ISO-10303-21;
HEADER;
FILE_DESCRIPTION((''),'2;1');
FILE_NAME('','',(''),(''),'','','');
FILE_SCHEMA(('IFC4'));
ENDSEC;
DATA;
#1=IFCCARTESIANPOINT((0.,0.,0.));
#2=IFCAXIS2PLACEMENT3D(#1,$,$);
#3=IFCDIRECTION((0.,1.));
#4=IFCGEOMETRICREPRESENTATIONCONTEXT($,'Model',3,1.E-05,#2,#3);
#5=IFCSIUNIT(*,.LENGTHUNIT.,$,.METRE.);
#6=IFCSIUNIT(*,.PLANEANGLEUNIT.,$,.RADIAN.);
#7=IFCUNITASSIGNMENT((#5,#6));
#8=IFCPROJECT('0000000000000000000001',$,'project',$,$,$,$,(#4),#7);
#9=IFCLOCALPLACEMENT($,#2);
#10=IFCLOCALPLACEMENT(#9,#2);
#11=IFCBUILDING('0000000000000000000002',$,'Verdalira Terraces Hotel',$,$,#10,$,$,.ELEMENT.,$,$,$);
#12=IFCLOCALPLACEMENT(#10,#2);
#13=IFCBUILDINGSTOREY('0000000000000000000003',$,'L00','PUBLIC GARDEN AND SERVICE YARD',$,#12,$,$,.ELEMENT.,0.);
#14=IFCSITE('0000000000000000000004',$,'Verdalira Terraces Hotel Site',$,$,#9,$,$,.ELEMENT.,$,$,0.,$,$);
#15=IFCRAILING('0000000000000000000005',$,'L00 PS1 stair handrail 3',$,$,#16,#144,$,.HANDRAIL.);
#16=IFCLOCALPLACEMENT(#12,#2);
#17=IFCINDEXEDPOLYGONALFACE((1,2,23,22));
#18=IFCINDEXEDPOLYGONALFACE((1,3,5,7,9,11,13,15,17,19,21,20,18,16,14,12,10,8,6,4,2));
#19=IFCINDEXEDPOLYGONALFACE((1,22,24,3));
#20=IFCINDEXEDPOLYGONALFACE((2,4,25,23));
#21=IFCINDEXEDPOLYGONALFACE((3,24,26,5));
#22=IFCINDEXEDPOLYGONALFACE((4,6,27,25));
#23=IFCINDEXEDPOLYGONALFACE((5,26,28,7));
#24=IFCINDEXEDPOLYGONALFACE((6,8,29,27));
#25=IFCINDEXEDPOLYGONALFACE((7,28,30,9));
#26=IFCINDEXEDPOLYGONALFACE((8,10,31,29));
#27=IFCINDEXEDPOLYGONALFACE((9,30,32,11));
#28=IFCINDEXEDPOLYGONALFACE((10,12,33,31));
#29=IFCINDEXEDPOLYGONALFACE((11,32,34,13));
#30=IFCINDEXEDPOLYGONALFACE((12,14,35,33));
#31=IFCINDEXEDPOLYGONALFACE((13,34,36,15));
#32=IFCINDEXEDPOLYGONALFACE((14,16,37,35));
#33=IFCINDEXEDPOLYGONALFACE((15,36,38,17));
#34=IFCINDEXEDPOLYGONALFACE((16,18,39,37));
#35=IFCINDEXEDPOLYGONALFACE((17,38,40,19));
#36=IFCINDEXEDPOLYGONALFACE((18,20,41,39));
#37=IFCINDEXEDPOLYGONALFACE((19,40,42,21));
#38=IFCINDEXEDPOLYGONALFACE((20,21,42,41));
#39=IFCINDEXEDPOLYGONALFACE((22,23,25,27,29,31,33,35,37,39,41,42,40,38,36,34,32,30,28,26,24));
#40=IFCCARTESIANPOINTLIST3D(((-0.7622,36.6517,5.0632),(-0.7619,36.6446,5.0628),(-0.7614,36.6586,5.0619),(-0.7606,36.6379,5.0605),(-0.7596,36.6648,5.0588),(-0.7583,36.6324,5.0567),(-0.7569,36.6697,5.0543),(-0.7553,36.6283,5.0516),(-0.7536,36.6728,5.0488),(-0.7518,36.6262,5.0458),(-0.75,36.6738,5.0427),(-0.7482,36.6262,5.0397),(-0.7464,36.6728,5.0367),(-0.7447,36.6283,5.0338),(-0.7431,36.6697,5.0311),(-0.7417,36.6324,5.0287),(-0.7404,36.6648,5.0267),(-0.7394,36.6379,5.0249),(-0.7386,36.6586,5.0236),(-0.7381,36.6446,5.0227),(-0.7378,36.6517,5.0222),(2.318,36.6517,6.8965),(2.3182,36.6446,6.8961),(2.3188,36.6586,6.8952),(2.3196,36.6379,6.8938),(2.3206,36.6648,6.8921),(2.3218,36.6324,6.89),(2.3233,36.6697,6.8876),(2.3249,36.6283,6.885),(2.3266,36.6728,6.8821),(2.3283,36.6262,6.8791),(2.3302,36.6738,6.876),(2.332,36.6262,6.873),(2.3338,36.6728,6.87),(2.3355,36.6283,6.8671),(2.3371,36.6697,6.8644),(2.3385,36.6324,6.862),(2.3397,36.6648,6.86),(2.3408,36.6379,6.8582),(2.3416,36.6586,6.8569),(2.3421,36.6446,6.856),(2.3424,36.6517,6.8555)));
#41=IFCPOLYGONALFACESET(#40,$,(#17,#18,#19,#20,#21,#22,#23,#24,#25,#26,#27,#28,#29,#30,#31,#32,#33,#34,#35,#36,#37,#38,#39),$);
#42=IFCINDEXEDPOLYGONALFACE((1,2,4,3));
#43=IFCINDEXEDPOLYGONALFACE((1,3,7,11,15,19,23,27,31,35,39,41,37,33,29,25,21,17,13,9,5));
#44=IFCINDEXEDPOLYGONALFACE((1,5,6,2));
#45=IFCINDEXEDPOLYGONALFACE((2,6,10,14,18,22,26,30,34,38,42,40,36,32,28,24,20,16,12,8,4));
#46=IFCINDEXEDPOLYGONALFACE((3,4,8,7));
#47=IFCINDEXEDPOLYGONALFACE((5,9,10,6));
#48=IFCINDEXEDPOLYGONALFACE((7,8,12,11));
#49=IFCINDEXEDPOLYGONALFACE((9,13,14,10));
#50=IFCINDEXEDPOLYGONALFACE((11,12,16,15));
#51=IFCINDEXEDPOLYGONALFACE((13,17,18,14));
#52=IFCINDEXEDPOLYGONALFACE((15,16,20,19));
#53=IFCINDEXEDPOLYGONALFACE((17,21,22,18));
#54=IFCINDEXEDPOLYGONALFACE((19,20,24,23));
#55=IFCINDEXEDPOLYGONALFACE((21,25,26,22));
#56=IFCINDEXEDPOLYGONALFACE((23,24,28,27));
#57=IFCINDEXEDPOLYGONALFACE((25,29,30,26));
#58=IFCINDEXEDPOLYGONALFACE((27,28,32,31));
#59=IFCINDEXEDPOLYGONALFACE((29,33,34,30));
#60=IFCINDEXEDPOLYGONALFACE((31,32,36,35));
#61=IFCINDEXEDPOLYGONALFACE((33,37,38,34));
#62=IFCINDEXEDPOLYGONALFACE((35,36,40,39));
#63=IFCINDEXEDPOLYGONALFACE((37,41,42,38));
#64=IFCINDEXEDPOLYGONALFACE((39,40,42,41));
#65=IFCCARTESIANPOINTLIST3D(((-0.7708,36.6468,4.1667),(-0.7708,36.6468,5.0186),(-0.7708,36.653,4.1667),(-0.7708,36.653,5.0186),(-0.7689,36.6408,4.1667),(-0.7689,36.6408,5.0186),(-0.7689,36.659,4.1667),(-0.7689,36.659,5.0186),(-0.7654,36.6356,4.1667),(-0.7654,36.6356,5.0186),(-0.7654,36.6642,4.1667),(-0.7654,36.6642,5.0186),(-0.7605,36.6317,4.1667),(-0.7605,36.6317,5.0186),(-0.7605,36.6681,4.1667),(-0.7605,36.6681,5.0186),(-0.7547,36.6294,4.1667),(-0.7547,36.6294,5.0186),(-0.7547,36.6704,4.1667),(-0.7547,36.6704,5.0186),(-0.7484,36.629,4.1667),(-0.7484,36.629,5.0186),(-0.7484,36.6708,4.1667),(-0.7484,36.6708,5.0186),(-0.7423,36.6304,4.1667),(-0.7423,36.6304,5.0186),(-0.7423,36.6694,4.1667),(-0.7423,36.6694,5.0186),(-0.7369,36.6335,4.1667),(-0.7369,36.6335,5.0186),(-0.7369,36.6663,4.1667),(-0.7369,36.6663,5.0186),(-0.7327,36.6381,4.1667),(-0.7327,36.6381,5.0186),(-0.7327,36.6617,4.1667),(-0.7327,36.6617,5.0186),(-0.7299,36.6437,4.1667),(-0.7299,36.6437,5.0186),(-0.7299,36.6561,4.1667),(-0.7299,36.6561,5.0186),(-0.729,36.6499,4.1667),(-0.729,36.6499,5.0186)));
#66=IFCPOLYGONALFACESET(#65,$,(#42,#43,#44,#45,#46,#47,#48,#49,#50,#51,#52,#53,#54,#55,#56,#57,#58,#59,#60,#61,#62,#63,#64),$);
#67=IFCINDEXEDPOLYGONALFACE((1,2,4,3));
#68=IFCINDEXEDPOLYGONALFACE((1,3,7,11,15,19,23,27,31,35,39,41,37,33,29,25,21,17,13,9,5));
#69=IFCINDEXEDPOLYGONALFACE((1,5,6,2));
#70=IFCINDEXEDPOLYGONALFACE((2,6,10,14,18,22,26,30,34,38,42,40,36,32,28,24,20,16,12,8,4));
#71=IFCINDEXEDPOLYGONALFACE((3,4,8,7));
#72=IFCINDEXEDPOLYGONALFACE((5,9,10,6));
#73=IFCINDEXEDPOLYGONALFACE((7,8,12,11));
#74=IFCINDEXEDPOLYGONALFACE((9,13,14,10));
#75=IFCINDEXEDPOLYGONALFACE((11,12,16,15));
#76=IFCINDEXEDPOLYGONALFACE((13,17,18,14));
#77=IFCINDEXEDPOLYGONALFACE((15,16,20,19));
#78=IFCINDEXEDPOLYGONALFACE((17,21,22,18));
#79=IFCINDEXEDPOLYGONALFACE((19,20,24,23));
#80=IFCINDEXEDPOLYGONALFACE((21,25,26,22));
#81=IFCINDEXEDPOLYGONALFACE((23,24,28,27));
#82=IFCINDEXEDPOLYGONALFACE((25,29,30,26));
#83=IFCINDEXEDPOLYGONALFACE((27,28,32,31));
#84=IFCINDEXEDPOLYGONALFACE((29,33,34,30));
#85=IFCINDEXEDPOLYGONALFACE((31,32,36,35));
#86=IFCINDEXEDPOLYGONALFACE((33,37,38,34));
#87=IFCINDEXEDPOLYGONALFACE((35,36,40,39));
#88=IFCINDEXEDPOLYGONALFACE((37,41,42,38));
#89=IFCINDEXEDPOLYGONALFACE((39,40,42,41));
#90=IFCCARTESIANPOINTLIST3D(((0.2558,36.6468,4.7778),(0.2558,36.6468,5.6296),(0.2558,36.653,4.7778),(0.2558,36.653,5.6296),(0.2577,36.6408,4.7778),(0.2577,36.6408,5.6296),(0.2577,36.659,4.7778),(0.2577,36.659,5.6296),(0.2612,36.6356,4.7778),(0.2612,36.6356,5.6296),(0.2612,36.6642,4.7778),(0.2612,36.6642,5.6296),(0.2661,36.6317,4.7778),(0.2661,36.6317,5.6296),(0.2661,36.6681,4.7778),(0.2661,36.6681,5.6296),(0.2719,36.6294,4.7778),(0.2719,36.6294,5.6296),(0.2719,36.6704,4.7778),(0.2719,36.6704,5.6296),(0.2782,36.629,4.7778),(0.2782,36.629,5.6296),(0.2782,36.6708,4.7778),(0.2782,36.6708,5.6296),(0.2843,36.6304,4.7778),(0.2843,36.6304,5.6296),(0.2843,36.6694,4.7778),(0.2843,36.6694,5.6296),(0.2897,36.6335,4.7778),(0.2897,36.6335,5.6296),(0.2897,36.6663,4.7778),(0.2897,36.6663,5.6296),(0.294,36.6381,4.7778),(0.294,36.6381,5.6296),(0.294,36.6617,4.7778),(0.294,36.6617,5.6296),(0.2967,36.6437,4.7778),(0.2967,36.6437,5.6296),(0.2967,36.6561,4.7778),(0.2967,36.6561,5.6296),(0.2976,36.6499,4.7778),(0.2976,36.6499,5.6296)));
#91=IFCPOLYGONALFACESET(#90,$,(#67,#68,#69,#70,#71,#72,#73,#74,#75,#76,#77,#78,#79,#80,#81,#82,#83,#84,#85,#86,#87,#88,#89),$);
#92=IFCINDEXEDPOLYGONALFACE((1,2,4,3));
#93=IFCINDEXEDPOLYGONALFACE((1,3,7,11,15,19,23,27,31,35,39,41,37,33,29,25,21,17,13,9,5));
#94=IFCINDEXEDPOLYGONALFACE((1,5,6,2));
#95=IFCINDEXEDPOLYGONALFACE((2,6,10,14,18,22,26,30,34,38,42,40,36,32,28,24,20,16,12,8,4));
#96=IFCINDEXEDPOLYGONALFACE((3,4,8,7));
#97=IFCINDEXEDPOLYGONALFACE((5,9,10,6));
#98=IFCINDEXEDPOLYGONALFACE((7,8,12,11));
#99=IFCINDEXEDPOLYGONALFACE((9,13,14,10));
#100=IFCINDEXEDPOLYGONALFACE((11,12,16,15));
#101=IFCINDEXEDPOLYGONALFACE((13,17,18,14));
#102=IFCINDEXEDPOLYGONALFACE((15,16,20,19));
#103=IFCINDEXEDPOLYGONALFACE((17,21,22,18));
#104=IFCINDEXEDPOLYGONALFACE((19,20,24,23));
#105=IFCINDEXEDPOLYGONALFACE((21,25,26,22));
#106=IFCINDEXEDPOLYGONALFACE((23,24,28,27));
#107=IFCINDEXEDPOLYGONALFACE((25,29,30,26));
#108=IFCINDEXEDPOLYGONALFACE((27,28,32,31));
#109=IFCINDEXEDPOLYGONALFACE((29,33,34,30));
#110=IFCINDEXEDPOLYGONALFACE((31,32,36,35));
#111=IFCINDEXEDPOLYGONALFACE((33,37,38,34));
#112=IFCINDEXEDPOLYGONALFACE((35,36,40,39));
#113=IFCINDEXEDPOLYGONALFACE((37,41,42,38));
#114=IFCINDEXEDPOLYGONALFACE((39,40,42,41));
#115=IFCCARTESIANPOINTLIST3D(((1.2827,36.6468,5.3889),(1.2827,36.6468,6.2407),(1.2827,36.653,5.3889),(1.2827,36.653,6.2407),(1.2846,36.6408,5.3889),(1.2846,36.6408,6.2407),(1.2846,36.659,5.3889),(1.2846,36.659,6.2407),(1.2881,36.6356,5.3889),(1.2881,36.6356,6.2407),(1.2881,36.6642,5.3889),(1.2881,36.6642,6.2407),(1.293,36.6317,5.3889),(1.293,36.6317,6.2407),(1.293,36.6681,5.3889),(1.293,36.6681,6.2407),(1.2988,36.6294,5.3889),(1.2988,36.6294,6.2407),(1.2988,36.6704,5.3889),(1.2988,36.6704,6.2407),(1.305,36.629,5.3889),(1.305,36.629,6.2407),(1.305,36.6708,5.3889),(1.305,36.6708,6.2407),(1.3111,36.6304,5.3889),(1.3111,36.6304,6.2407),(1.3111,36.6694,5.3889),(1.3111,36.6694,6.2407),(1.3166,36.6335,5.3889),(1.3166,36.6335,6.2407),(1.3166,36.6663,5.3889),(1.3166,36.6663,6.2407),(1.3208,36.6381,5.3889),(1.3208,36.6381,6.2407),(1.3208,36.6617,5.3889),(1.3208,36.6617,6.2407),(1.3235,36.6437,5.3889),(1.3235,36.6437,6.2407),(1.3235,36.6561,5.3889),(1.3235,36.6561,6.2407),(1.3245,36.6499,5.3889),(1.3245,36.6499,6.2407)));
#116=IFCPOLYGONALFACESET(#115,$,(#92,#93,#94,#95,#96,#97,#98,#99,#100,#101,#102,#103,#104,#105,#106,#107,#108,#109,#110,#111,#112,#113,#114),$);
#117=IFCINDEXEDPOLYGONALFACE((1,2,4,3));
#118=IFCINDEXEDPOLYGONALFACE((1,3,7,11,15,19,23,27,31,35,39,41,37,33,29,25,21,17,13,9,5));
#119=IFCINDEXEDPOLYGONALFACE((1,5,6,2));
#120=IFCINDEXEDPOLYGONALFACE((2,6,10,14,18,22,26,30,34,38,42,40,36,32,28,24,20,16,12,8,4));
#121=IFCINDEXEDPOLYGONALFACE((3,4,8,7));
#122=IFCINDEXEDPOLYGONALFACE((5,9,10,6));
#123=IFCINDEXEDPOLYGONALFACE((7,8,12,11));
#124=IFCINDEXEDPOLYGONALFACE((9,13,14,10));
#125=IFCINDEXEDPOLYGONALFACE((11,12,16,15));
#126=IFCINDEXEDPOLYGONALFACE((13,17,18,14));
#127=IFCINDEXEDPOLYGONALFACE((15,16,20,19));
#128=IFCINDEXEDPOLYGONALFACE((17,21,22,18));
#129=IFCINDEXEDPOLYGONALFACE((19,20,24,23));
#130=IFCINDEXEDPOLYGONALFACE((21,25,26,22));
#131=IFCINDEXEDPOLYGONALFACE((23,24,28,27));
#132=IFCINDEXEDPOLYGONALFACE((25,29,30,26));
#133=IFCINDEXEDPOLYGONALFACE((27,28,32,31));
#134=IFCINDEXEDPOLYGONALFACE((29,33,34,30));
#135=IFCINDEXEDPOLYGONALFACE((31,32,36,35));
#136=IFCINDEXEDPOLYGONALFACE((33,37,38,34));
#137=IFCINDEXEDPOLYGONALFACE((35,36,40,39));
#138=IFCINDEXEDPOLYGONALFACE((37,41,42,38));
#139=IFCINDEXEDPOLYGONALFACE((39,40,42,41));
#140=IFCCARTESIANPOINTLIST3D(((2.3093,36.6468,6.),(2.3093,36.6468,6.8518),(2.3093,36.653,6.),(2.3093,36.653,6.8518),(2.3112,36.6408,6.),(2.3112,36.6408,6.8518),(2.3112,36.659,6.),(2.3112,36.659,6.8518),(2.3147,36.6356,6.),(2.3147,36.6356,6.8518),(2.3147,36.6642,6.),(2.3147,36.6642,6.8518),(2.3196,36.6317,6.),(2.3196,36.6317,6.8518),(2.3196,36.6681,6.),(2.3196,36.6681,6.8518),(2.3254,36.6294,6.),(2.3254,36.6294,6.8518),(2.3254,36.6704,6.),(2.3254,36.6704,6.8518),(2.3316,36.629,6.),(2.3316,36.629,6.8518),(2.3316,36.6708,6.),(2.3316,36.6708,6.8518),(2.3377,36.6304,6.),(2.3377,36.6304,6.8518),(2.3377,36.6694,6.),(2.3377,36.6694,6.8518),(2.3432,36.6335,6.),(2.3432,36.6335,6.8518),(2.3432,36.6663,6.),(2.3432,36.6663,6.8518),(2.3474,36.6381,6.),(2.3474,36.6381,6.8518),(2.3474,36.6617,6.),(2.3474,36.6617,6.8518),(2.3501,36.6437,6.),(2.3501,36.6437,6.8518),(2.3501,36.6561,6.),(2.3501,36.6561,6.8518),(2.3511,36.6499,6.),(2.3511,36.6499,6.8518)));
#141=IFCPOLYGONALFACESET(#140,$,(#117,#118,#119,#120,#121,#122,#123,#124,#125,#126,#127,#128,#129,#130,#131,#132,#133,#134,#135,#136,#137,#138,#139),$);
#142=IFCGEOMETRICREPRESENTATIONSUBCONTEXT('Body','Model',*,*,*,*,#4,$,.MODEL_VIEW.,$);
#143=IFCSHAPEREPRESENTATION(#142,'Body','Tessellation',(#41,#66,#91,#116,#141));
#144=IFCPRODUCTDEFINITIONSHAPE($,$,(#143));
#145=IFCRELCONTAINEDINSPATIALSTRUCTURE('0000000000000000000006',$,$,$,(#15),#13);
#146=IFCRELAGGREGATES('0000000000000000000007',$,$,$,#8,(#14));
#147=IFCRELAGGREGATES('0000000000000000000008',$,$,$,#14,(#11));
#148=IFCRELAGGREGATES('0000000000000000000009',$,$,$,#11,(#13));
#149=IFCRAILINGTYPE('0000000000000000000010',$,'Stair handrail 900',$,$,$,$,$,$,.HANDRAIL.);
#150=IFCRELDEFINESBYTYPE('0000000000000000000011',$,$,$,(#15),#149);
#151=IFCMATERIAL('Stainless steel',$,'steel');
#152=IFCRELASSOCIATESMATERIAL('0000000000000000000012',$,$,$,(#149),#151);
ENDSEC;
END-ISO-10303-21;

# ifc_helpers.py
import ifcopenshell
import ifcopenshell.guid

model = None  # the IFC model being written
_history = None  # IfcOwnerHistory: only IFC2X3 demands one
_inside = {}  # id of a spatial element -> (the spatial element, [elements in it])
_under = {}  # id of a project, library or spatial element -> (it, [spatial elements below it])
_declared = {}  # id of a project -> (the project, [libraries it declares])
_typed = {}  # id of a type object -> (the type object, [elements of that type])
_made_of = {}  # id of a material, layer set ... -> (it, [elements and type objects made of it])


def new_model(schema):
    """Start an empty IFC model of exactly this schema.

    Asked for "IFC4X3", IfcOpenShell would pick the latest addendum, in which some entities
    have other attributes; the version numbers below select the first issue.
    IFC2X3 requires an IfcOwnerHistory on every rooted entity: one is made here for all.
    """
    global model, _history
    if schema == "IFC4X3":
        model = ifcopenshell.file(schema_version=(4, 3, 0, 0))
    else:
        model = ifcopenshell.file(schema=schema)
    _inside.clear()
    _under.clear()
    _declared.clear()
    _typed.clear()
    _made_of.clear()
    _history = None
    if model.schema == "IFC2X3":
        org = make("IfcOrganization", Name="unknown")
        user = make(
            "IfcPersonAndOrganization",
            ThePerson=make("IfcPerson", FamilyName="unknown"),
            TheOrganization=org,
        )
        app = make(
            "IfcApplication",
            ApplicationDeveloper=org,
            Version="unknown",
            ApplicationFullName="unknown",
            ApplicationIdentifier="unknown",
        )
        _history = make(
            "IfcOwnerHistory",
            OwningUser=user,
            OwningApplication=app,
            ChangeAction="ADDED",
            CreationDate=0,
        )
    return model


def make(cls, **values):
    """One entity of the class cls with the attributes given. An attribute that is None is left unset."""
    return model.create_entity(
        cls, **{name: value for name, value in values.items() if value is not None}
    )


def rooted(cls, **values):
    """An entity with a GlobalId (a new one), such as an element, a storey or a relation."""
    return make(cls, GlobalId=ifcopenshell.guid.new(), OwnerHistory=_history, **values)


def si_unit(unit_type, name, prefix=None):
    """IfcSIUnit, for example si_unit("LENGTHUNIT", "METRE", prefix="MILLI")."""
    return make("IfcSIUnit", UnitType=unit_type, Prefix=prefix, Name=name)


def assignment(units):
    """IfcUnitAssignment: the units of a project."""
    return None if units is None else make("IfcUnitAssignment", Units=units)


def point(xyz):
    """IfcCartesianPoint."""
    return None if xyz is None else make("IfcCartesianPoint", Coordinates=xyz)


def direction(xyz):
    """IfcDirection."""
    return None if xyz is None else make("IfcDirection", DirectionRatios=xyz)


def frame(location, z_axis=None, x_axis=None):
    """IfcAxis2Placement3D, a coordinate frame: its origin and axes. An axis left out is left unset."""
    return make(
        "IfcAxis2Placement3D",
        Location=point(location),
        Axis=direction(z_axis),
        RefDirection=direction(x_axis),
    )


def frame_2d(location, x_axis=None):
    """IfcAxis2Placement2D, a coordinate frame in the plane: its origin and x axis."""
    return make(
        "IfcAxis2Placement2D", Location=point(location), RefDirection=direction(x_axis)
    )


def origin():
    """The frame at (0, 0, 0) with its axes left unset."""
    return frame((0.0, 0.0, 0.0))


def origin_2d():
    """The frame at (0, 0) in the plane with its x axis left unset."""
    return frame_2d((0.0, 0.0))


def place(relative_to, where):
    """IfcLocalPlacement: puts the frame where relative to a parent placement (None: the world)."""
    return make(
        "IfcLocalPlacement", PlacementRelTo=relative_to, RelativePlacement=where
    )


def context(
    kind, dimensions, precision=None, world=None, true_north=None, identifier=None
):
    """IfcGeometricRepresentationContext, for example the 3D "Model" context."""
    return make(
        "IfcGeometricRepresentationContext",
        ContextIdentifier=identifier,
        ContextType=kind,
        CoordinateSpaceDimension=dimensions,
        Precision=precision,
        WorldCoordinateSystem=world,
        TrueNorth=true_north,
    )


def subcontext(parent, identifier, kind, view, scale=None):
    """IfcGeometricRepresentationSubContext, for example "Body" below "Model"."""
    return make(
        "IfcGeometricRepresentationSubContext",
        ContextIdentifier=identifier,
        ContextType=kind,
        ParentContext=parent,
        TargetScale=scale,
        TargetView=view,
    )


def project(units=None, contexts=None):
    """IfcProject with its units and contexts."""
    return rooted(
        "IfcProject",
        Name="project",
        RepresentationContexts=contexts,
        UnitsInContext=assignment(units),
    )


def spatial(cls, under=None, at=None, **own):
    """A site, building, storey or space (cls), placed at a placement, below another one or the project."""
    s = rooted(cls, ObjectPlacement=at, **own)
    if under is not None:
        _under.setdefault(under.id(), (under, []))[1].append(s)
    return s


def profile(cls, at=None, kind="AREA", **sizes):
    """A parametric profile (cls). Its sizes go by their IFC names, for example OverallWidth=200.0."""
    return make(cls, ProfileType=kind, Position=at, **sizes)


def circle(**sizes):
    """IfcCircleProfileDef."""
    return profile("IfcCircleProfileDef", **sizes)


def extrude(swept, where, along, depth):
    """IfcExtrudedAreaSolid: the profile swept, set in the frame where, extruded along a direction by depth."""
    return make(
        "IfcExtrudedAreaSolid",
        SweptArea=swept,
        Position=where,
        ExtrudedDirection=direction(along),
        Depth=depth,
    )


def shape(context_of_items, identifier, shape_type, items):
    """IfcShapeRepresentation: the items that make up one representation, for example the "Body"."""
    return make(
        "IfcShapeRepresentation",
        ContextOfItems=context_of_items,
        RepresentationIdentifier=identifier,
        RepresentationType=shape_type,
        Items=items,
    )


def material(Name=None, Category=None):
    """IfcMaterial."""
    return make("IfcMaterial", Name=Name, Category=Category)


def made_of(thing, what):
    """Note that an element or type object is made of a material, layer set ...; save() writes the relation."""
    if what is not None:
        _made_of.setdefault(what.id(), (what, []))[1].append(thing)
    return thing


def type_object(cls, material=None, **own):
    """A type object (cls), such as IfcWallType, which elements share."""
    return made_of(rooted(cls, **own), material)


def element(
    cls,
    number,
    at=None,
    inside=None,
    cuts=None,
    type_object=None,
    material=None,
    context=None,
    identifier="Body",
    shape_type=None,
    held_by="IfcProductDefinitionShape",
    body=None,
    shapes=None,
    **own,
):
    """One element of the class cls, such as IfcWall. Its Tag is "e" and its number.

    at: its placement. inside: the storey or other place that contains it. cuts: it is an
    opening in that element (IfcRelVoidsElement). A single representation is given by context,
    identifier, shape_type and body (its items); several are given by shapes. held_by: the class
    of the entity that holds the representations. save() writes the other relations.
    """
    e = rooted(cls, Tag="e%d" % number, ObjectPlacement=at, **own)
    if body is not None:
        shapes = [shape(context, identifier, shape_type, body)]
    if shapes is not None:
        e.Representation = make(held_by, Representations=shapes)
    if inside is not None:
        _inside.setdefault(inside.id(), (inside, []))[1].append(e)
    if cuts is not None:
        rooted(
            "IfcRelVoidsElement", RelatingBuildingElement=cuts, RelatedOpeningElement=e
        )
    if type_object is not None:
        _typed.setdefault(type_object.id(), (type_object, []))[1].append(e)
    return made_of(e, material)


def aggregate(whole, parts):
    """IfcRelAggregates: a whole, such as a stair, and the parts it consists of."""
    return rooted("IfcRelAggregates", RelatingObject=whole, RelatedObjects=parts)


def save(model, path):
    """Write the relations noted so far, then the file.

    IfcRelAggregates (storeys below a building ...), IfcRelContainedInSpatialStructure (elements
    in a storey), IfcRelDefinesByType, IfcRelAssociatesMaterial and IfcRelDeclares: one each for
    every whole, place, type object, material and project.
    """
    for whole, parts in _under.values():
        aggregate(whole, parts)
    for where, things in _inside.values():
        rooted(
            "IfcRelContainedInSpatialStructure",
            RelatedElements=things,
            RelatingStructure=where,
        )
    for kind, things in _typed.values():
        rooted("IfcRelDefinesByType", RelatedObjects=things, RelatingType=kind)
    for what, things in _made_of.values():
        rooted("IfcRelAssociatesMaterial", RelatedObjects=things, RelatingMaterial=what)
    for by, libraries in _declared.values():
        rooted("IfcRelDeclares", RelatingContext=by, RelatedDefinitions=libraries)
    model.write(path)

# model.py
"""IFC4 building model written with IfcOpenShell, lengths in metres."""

from ifc_helpers import new_model, si_unit, direction, frame, origin, origin_2d, place, context, subcontext, project, spatial, circle, extrude, material, type_object, element, save


model = new_model("IFC4")

# Units and contexts
model_context = context("Model", 3, precision=1e-05, world=origin(), true_north=direction((0.0, 1.0)))
body_context = subcontext(model_context, "Body", "Model", "MODEL_VIEW")
ifc_project = project(units=[si_unit("LENGTHUNIT", "METRE"), si_unit("PLANEANGLEUNIT", "RADIAN")], contexts=[model_context])

# Site, building, storey
site_placement = place(None, origin())
site = spatial("IfcSite", under=ifc_project, at=site_placement, Name="Verdalira Terraces Hotel Site", CompositionType="ELEMENT", RefElevation=0.0)
building_placement = place(site_placement, origin())
building = spatial("IfcBuilding", under=site, at=building_placement, Name="Verdalira Terraces Hotel", CompositionType="ELEMENT")
storey_placement = place(building_placement, origin())
storey = spatial("IfcBuildingStorey", under=building, at=storey_placement, Name="L00", Description="PUBLIC GARDEN AND SERVICE YARD", CompositionType="ELEMENT", Elevation=0.0)

# Railing
ifc_material_1 = material(Name="Stainless steel", Category="steel")
railing_type_1 = type_object("IfcRailingType", Name="Stair handrail 900", PredefinedType="HANDRAIL", material=ifc_material_1)
for number, where, name in (
    (1, (-0.75, 36.6499, 4.1667), "L00 PS1 stair handrail 3"),
):
    element("IfcRailing", number, at=place(storey_placement, frame(where)), inside=storey, type_object=railing_type_1, Name=name, PredefinedType="HANDRAIL", context=body_context, shape_type="SweptSolid", body=[
        extrude(circle(Radius=0.0239, at=origin_2d()), frame((0.0, 0.0, 0.876), z_axis=(0.859309, 0.0, 0.511458), x_axis=(0.0, 1.0, 0.0)), (0.0, 0.0, 1.0), 3.5845),
        extrude(circle(Radius=0.021, at=origin_2d()), origin(), (0.0, 0.0, 1.0), 0.8518),
        extrude(circle(Radius=0.021, at=origin_2d()), frame((1.0266, 0.0, 0.6111)), (0.0, 0.0, 1.0), 0.8518),
        extrude(circle(Radius=0.021, at=origin_2d()), frame((2.0535, 0.0, 1.2222)), (0.0, 0.0, 1.0), 0.8518),
        extrude(circle(Radius=0.021, at=origin_2d()), frame((3.0801, 0.0, 1.8333)), (0.0, 0.0, 1.0), 0.8518),
    ])

save(model, "model.ifc")
